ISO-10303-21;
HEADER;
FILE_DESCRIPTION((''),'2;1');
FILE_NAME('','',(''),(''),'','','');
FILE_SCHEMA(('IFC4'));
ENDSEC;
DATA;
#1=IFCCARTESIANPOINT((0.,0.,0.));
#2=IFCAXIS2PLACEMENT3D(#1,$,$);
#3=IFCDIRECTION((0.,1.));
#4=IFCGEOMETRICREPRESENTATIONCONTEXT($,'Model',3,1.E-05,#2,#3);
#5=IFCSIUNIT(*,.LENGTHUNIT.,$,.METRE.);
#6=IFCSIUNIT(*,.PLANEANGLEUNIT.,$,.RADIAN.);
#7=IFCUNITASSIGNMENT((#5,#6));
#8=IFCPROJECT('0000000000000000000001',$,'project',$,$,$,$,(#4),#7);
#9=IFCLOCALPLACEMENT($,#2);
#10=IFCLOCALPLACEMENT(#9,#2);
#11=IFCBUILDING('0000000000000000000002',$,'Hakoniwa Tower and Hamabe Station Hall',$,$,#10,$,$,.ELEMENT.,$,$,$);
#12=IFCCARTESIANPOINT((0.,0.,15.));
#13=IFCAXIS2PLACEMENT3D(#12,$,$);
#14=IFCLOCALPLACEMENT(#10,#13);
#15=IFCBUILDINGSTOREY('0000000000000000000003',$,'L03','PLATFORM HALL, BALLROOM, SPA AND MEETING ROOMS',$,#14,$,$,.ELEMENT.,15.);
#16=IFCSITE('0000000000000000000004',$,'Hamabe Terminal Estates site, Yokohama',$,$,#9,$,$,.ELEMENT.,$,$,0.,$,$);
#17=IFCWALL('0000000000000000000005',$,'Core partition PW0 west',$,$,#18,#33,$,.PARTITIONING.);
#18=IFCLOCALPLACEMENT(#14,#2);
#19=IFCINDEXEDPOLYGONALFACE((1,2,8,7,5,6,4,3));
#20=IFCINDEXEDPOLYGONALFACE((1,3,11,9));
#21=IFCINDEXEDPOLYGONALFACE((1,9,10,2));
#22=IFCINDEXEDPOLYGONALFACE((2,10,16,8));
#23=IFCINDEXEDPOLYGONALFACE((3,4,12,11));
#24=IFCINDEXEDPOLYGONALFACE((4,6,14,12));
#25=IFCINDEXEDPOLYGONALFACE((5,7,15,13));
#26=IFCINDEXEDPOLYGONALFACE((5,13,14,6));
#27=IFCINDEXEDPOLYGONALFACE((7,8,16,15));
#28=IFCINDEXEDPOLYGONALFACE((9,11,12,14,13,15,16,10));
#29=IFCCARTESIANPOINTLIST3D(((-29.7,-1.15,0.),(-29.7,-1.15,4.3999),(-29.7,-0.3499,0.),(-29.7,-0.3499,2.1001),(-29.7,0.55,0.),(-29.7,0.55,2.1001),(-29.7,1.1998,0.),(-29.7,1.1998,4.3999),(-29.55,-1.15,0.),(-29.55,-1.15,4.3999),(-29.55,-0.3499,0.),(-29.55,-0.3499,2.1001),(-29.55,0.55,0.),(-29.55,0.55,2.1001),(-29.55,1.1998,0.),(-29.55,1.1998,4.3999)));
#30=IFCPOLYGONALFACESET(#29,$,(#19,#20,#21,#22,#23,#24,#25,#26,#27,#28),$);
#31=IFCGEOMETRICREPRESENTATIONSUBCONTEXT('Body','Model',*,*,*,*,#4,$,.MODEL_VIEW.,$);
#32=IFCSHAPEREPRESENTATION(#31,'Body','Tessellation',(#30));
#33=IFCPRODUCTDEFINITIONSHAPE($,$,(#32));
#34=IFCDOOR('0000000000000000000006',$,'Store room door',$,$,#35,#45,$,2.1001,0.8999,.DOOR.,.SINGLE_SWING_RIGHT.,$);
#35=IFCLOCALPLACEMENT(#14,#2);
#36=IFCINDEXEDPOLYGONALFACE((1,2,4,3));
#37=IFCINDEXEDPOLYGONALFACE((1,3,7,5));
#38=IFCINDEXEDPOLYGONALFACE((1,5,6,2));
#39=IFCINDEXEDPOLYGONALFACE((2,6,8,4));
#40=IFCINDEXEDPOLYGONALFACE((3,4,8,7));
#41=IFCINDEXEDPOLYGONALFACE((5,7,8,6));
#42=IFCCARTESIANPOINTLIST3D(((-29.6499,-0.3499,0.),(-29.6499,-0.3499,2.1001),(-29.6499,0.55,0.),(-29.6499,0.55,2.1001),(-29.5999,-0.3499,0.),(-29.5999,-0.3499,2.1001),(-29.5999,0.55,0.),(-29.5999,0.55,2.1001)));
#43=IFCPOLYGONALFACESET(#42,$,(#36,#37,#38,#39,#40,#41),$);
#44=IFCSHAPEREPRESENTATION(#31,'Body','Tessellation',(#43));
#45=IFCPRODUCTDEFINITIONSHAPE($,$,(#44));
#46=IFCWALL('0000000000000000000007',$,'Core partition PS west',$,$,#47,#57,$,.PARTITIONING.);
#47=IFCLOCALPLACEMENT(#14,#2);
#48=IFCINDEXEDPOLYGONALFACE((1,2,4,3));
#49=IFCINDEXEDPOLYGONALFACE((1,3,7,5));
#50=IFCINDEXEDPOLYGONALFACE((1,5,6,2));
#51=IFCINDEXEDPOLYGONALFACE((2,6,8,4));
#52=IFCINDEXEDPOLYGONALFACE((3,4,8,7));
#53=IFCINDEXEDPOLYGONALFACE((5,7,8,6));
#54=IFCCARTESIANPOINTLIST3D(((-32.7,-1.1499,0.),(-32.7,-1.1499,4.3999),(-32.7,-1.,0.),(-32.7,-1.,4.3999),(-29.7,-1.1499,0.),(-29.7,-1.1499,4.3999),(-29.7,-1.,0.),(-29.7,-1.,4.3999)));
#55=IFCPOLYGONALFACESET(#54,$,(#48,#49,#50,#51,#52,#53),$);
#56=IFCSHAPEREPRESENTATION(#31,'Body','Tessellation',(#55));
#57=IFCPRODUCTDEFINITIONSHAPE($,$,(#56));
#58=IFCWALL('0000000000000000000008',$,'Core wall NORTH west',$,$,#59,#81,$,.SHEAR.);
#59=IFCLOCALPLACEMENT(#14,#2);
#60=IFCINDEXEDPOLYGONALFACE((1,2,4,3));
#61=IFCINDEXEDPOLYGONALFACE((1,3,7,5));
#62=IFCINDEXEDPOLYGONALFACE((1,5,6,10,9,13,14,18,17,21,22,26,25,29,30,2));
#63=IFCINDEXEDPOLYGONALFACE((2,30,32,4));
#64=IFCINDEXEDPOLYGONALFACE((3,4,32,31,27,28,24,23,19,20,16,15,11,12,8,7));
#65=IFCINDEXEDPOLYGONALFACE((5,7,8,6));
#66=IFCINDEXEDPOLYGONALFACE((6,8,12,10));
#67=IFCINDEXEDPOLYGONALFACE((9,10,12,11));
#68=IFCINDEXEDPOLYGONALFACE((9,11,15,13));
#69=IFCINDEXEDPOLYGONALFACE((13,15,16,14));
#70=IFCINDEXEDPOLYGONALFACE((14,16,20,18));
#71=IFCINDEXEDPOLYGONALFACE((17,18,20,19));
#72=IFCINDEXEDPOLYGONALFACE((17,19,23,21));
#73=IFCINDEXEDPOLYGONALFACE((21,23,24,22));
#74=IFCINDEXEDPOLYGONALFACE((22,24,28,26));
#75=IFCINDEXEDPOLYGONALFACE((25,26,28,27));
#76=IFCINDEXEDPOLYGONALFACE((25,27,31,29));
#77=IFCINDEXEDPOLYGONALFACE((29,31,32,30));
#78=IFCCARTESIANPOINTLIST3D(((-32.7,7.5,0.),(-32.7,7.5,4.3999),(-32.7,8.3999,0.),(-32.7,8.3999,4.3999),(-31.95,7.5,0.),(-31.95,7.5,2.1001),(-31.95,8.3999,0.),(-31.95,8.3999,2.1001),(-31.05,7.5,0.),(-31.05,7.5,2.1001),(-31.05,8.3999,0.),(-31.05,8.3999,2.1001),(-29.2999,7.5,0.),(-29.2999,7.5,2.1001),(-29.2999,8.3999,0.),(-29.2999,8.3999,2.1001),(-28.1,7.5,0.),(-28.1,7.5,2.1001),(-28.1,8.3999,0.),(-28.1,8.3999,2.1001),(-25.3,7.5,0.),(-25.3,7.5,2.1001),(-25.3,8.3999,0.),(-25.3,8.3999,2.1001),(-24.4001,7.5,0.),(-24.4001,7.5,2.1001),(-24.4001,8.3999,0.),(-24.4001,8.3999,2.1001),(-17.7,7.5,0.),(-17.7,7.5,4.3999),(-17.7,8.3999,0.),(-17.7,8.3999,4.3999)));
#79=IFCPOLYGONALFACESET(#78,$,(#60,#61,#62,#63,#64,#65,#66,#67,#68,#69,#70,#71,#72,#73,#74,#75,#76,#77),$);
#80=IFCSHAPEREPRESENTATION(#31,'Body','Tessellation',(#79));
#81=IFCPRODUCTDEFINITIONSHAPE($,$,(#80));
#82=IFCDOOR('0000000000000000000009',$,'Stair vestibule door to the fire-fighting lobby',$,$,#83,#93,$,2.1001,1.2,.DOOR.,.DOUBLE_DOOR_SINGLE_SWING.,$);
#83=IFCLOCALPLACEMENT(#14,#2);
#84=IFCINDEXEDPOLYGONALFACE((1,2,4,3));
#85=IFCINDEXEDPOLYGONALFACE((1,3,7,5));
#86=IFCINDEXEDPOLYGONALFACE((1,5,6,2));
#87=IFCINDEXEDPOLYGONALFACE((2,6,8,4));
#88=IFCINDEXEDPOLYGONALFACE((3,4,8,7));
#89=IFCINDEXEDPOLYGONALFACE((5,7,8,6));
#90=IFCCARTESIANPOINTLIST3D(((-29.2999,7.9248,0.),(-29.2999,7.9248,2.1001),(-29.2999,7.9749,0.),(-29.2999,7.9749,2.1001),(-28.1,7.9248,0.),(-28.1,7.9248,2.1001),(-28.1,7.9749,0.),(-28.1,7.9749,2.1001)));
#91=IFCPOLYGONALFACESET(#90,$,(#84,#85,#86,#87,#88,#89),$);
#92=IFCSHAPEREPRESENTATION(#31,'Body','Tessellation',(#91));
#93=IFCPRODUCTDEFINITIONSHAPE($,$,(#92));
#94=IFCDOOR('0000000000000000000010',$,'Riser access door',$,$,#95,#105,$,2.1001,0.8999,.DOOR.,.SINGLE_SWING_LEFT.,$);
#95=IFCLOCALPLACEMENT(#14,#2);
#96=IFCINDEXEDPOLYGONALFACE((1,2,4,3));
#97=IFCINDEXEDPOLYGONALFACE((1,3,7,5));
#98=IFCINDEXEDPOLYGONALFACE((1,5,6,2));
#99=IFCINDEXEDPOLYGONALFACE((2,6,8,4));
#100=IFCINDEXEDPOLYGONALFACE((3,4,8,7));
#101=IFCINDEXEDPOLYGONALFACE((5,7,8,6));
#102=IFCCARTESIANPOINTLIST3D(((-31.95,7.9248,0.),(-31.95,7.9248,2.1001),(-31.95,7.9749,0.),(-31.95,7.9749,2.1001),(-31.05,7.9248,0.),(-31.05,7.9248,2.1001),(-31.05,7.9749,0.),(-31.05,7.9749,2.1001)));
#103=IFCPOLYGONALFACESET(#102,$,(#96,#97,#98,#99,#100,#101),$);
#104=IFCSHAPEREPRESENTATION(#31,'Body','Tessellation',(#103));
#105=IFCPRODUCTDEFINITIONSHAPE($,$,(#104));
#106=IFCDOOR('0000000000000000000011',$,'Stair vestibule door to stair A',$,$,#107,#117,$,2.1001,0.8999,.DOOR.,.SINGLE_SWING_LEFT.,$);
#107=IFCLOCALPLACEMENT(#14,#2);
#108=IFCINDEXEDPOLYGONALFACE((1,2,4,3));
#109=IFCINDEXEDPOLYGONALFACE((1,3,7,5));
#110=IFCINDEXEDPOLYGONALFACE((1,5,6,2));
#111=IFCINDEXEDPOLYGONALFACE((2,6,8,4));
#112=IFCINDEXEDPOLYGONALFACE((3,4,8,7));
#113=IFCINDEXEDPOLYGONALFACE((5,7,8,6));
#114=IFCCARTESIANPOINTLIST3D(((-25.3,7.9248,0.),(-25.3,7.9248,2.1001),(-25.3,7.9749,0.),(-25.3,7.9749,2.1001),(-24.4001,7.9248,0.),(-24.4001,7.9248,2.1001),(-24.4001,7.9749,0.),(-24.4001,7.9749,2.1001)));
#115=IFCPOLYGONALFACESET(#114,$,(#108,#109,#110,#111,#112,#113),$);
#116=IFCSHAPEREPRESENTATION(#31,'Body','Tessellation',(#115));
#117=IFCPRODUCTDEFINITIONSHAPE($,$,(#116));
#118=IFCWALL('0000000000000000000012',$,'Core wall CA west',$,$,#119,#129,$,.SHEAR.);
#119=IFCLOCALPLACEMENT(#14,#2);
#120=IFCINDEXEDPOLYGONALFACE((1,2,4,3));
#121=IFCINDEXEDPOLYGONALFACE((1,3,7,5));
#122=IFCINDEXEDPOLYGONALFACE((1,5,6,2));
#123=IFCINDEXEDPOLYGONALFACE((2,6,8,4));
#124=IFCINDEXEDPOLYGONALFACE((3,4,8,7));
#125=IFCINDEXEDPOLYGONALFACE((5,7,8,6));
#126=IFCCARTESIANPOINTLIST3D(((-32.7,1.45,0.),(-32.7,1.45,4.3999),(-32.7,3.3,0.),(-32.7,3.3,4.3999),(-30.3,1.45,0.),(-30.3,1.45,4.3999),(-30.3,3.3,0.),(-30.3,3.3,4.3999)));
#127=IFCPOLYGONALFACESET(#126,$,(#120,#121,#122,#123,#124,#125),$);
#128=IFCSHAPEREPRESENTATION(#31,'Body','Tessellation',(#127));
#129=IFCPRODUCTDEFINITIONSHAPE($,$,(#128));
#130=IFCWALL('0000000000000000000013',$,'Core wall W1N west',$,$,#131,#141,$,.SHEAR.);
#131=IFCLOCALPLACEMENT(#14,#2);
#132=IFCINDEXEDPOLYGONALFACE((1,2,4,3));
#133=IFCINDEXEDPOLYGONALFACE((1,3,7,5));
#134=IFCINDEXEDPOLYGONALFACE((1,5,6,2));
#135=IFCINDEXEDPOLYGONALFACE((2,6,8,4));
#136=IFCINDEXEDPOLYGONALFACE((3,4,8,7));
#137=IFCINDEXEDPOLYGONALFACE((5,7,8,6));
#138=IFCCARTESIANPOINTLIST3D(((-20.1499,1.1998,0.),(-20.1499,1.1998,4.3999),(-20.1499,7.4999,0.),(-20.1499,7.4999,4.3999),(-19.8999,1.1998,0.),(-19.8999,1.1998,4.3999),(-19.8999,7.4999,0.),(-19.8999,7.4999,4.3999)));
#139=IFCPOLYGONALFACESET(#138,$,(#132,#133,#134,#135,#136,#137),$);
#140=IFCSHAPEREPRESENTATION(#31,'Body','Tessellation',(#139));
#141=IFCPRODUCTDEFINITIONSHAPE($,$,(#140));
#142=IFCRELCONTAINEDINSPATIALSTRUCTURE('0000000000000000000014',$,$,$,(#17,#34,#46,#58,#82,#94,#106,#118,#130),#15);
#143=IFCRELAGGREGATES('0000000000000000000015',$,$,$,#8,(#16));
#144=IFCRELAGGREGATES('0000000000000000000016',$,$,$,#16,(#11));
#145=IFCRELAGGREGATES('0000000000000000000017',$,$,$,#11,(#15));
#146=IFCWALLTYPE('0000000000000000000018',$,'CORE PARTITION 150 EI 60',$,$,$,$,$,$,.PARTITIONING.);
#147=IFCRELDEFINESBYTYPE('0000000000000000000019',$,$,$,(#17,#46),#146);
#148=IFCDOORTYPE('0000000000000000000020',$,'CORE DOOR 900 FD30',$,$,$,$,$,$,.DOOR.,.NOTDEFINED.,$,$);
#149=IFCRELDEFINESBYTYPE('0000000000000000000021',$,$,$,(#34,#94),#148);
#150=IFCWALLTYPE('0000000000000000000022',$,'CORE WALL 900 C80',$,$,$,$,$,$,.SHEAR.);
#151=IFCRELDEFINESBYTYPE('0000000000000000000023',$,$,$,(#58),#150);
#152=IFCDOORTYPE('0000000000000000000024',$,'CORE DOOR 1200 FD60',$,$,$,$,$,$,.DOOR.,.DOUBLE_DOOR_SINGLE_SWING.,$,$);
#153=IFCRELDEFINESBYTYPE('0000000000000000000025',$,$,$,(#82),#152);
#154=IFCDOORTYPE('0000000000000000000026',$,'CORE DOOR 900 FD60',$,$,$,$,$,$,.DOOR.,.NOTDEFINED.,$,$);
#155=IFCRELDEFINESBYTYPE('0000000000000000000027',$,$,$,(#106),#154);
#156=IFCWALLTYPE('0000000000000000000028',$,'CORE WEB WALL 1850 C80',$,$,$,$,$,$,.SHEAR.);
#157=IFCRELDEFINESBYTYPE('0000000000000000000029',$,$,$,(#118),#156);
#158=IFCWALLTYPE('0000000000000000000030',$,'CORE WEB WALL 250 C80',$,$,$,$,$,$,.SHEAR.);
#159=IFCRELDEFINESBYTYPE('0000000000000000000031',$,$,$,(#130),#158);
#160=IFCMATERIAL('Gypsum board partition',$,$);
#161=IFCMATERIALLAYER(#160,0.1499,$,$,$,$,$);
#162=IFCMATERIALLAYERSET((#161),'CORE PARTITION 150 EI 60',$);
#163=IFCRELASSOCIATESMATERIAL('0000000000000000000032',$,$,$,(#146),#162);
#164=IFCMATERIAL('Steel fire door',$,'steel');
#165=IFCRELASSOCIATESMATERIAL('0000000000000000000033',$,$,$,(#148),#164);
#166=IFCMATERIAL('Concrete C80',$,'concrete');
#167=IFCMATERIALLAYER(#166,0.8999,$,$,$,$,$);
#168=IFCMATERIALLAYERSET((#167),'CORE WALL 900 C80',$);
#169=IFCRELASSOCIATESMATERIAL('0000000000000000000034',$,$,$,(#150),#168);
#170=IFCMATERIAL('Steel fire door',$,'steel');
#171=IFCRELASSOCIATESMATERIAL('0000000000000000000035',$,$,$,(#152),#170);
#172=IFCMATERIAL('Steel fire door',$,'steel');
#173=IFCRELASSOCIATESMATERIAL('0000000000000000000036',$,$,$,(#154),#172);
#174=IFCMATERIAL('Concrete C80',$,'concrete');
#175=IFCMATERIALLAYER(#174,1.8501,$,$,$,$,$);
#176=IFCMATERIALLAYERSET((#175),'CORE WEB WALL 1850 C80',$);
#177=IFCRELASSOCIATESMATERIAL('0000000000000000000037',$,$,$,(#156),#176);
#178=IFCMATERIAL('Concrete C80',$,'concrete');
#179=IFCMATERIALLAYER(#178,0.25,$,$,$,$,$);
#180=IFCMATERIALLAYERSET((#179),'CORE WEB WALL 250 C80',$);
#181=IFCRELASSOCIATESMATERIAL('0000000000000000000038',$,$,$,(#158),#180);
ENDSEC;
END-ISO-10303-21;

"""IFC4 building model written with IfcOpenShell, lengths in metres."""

from ifc_helpers import new_model, si_unit, direction, frame, frame_2d, origin, place, context, subcontext, project, spatial, rectangle, extrude, material, layer, layer_set, type_object, element, fill, save


model = new_model("IFC4")

# Units and contexts
model_context = context("Model", 3, precision=1e-05, world=origin(), true_north=direction((0.0, 1.0)))
body_context = subcontext(model_context, "Body", "Model", "MODEL_VIEW")
ifc_project = project(units=[si_unit("LENGTHUNIT", "METRE"), si_unit("PLANEANGLEUNIT", "RADIAN")], contexts=[model_context])

# Site, building, storey
site_placement = place(None, origin())
site = spatial("IfcSite", under=ifc_project, at=site_placement, Name="Hamabe Terminal Estates site, Yokohama", CompositionType="ELEMENT", RefElevation=0.0)
building_placement = place(site_placement, origin())
building = spatial("IfcBuilding", under=site, at=building_placement, Name="Hakoniwa Tower and Hamabe Station Hall", CompositionType="ELEMENT")
storey_placement = place(building_placement, frame((0.0, 0.0, 15.0)))
storey = spatial("IfcBuildingStorey", under=building, at=storey_placement, Name="L03", Description="PLATFORM HALL, BALLROOM, SPA AND MEETING ROOMS", CompositionType="ELEMENT", Elevation=15.0)

# Wall, opening, door
ifc_material_1 = material(Name="Gypsum board partition")
ifc_layer_1 = layer(ifc_material_1, 0.1499)
ifc_layer_set_1 = layer_set([ifc_layer_1], Name="CORE PARTITION 150 EI 60")
wall_type_1 = type_object("IfcWallType", Name="CORE PARTITION 150 EI 60", PredefinedType="PARTITIONING", material=ifc_layer_set_1)
wall_1_placement = place(storey_placement, frame((-29.625, -1.1499, 0.0), z_axis=(0.0, 0.0, 1.0), x_axis=(0.0, 1.0, 0.0)))
wall_1 = element("IfcWall", 1, at=wall_1_placement, inside=storey, type_object=wall_type_1, Name="Core partition PW0 west", PredefinedType="PARTITIONING", context=body_context, shape_type="SweptSolid", body=[
    extrude(rectangle(XDim=2.3499, YDim=0.1499, at=frame_2d((1.1748, 0.0))), origin(), (0.0, 0.0, 1.0), 4.3999),
])
opening_1_placement = place(wall_1_placement, frame((0.8, 0.0, 0.0)))
opening_1 = element("IfcOpeningElement", 2, at=opening_1_placement, cuts=wall_1, PredefinedType="OPENING", context=body_context, shape_type="SweptSolid", body=[
    extrude(rectangle(XDim=0.8999, YDim=2.1001, at=frame_2d((0.45, 1.05))), frame((0.0, 0.085, 0.0), z_axis=(0.0, -1.0, 0.0), x_axis=(1.0, 0.0, 0.0)), (0.0, 0.0, 1.0), 0.1699),
])
ifc_material_2 = material(Name="Steel fire door", Category="steel")
door_type_1 = type_object("IfcDoorType", Name="CORE DOOR 900 FD30", OperationType="NOTDEFINED", PredefinedType="DOOR", material=ifc_material_2)
door_1_placement = place(opening_1_placement, origin())
door_1 = element("IfcDoor", 3, at=door_1_placement, inside=storey, type_object=door_type_1, Name="Store room door", OperationType="SINGLE_SWING_RIGHT", OverallHeight=2.1001, OverallWidth=0.8999, PredefinedType="DOOR", context=body_context, shape_type="SweptSolid", body=[
    extrude(rectangle(XDim=0.8999, YDim=2.1001, at=frame_2d((0.45, 1.05))), frame((0.0, 0.0249, 0.0), z_axis=(0.0, -1.0, 0.0), x_axis=(1.0, 0.0, 0.0)), (0.0, 0.0, 1.0), 0.05),
])
fill(opening_1, door_1)

# Wall
wall_2_placement = place(storey_placement, frame((-32.7, -1.075, 0.0), z_axis=(0.0, 0.0, 1.0), x_axis=(1.0, 0.0, 0.0)))
element("IfcWall", 4, at=wall_2_placement, inside=storey, type_object=wall_type_1, Name="Core partition PS west", PredefinedType="PARTITIONING", context=body_context, shape_type="SweptSolid", body=[
    extrude(rectangle(XDim=3.0, YDim=0.1499, at=frame_2d((1.5, 0.0))), origin(), (0.0, 0.0, 1.0), 4.3999),
])

# Wall, openings, doors
ifc_material_3 = material(Name="Concrete C80", Category="concrete")
ifc_layer_2 = layer(ifc_material_3, 0.8999)
ifc_layer_set_2 = layer_set([ifc_layer_2], Name="CORE WALL 900 C80")
wall_type_2 = type_object("IfcWallType", Name="CORE WALL 900 C80", PredefinedType="SHEAR", material=ifc_layer_set_2)
wall_3_placement = place(storey_placement, frame((-32.7, 7.95, 0.0), z_axis=(0.0, 0.0, 1.0), x_axis=(1.0, 0.0, 0.0)))
wall_3 = element("IfcWall", 5, at=wall_3_placement, inside=storey, type_object=wall_type_2, Name="Core wall NORTH west", PredefinedType="SHEAR", context=body_context, shape_type="SweptSolid", body=[
    extrude(rectangle(XDim=15.0, YDim=0.8999, at=frame_2d((7.5, 0.0))), origin(), (0.0, 0.0, 1.0), 4.3999),
])
opening_2_placement = place(wall_3_placement, frame((3.3999, 0.0, 0.0)))
opening_2 = element("IfcOpeningElement", 6, at=opening_2_placement, cuts=wall_3, PredefinedType="OPENING", context=body_context, shape_type="SweptSolid", body=[
    extrude(rectangle(XDim=1.2, YDim=2.1001, at=frame_2d((0.6001, 1.05))), frame((0.0, 0.46, 0.0), z_axis=(0.0, -1.0, 0.0), x_axis=(1.0, 0.0, 0.0)), (0.0, 0.0, 1.0), 0.9199),
])
opening_3_placement = place(wall_3_placement, frame((0.75, 0.0, 0.0)))
opening_3 = element("IfcOpeningElement", 7, at=opening_3_placement, cuts=wall_3, PredefinedType="OPENING", context=body_context, shape_type="SweptSolid", body=[
    extrude(rectangle(XDim=0.8999, YDim=2.1001, at=frame_2d((0.45, 1.05))), frame((0.0, 0.46, 0.0), z_axis=(0.0, -1.0, 0.0), x_axis=(1.0, 0.0, 0.0)), (0.0, 0.0, 1.0), 0.9199),
])
opening_4_placement = place(wall_3_placement, frame((7.3999, 0.0, 0.0)))
opening_4 = element("IfcOpeningElement", 8, at=opening_4_placement, cuts=wall_3, PredefinedType="OPENING", context=body_context, shape_type="SweptSolid", body=[
    extrude(rectangle(XDim=0.8999, YDim=2.1001, at=frame_2d((0.45, 1.05))), frame((0.0, 0.46, 0.0), z_axis=(0.0, -1.0, 0.0), x_axis=(1.0, 0.0, 0.0)), (0.0, 0.0, 1.0), 0.9199),
])
ifc_material_4 = material(Name="Steel fire door", Category="steel")
door_type_2 = type_object("IfcDoorType", Name="CORE DOOR 1200 FD60", OperationType="DOUBLE_DOOR_SINGLE_SWING", PredefinedType="DOOR", material=ifc_material_4)
door_2_placement = place(opening_2_placement, origin())
door_2 = element("IfcDoor", 9, at=door_2_placement, inside=storey, type_object=door_type_2, Name="Stair vestibule door to the fire-fighting lobby", OperationType="DOUBLE_DOOR_SINGLE_SWING", OverallHeight=2.1001, OverallWidth=1.2, PredefinedType="DOOR", context=body_context, shape_type="SweptSolid", body=[
    extrude(rectangle(XDim=1.2, YDim=2.1001, at=frame_2d((0.6001, 1.05))), frame((0.0, 0.0249, 0.0), z_axis=(0.0, -1.0, 0.0), x_axis=(1.0, 0.0, 0.0)), (0.0, 0.0, 1.0), 0.05),
])
fill(opening_2, door_2)
door_3_placement = place(opening_3_placement, origin())
door_3 = element("IfcDoor", 10, at=door_3_placement, inside=storey, type_object=door_type_1, Name="Riser access door", OperationType="SINGLE_SWING_LEFT", OverallHeight=2.1001, OverallWidth=0.8999, PredefinedType="DOOR", context=body_context, shape_type="SweptSolid", body=[
    extrude(rectangle(XDim=0.8999, YDim=2.1001, at=frame_2d((0.45, 1.05))), frame((0.0, 0.0249, 0.0), z_axis=(0.0, -1.0, 0.0), x_axis=(1.0, 0.0, 0.0)), (0.0, 0.0, 1.0), 0.05),
])
fill(opening_3, door_3)
ifc_material_5 = material(Name="Steel fire door", Category="steel")
door_type_3 = type_object("IfcDoorType", Name="CORE DOOR 900 FD60", OperationType="NOTDEFINED", PredefinedType="DOOR", material=ifc_material_5)
door_4_placement = place(opening_4_placement, origin())
door_4 = element("IfcDoor", 11, at=door_4_placement, inside=storey, type_object=door_type_3, Name="Stair vestibule door to stair A", OperationType="SINGLE_SWING_LEFT", OverallHeight=2.1001, OverallWidth=0.8999, PredefinedType="DOOR", context=body_context, shape_type="SweptSolid", body=[
    extrude(rectangle(XDim=0.8999, YDim=2.1001, at=frame_2d((0.45, 1.05))), frame((0.0, 0.0249, 0.0), z_axis=(0.0, -1.0, 0.0), x_axis=(1.0, 0.0, 0.0)), (0.0, 0.0, 1.0), 0.05),
])
fill(opening_4, door_4)

# Walls
ifc_material_6 = material(Name="Concrete C80", Category="concrete")
ifc_layer_3 = layer(ifc_material_6, 1.8501)
ifc_layer_set_3 = layer_set([ifc_layer_3], Name="CORE WEB WALL 1850 C80")
wall_type_3 = type_object("IfcWallType", Name="CORE WEB WALL 1850 C80", PredefinedType="SHEAR", material=ifc_layer_set_3)
wall_4_placement = place(storey_placement, frame((-32.7, 2.375, 0.0), z_axis=(0.0, 0.0, 1.0), x_axis=(1.0, 0.0, 0.0)))
element("IfcWall", 12, at=wall_4_placement, inside=storey, type_object=wall_type_3, Name="Core wall CA west", PredefinedType="SHEAR", context=body_context, shape_type="SweptSolid", body=[
    extrude(rectangle(XDim=2.3999, YDim=1.8501, at=frame_2d((1.2, 0.0))), origin(), (0.0, 0.0, 1.0), 4.3999),
])
ifc_material_7 = material(Name="Concrete C80", Category="concrete")
ifc_layer_4 = layer(ifc_material_7, 0.25)
ifc_layer_set_4 = layer_set([ifc_layer_4], Name="CORE WEB WALL 250 C80")
wall_type_4 = type_object("IfcWallType", Name="CORE WEB WALL 250 C80", PredefinedType="SHEAR", material=ifc_layer_set_4)
wall_5_placement = place(storey_placement, frame((-20.0249, 1.2, 0.0), z_axis=(0.0, 0.0, 1.0), x_axis=(0.0, 1.0, 0.0)))
element("IfcWall", 13, at=wall_5_placement, inside=storey, type_object=wall_type_4, Name="Core wall W1N west", PredefinedType="SHEAR", context=body_context, shape_type="SweptSolid", body=[
    extrude(rectangle(XDim=6.3, YDim=0.25, at=frame_2d((3.1499, 0.0))), origin(), (0.0, 0.0, 1.0), 4.3999),
])

save(model, "model.ifc")
